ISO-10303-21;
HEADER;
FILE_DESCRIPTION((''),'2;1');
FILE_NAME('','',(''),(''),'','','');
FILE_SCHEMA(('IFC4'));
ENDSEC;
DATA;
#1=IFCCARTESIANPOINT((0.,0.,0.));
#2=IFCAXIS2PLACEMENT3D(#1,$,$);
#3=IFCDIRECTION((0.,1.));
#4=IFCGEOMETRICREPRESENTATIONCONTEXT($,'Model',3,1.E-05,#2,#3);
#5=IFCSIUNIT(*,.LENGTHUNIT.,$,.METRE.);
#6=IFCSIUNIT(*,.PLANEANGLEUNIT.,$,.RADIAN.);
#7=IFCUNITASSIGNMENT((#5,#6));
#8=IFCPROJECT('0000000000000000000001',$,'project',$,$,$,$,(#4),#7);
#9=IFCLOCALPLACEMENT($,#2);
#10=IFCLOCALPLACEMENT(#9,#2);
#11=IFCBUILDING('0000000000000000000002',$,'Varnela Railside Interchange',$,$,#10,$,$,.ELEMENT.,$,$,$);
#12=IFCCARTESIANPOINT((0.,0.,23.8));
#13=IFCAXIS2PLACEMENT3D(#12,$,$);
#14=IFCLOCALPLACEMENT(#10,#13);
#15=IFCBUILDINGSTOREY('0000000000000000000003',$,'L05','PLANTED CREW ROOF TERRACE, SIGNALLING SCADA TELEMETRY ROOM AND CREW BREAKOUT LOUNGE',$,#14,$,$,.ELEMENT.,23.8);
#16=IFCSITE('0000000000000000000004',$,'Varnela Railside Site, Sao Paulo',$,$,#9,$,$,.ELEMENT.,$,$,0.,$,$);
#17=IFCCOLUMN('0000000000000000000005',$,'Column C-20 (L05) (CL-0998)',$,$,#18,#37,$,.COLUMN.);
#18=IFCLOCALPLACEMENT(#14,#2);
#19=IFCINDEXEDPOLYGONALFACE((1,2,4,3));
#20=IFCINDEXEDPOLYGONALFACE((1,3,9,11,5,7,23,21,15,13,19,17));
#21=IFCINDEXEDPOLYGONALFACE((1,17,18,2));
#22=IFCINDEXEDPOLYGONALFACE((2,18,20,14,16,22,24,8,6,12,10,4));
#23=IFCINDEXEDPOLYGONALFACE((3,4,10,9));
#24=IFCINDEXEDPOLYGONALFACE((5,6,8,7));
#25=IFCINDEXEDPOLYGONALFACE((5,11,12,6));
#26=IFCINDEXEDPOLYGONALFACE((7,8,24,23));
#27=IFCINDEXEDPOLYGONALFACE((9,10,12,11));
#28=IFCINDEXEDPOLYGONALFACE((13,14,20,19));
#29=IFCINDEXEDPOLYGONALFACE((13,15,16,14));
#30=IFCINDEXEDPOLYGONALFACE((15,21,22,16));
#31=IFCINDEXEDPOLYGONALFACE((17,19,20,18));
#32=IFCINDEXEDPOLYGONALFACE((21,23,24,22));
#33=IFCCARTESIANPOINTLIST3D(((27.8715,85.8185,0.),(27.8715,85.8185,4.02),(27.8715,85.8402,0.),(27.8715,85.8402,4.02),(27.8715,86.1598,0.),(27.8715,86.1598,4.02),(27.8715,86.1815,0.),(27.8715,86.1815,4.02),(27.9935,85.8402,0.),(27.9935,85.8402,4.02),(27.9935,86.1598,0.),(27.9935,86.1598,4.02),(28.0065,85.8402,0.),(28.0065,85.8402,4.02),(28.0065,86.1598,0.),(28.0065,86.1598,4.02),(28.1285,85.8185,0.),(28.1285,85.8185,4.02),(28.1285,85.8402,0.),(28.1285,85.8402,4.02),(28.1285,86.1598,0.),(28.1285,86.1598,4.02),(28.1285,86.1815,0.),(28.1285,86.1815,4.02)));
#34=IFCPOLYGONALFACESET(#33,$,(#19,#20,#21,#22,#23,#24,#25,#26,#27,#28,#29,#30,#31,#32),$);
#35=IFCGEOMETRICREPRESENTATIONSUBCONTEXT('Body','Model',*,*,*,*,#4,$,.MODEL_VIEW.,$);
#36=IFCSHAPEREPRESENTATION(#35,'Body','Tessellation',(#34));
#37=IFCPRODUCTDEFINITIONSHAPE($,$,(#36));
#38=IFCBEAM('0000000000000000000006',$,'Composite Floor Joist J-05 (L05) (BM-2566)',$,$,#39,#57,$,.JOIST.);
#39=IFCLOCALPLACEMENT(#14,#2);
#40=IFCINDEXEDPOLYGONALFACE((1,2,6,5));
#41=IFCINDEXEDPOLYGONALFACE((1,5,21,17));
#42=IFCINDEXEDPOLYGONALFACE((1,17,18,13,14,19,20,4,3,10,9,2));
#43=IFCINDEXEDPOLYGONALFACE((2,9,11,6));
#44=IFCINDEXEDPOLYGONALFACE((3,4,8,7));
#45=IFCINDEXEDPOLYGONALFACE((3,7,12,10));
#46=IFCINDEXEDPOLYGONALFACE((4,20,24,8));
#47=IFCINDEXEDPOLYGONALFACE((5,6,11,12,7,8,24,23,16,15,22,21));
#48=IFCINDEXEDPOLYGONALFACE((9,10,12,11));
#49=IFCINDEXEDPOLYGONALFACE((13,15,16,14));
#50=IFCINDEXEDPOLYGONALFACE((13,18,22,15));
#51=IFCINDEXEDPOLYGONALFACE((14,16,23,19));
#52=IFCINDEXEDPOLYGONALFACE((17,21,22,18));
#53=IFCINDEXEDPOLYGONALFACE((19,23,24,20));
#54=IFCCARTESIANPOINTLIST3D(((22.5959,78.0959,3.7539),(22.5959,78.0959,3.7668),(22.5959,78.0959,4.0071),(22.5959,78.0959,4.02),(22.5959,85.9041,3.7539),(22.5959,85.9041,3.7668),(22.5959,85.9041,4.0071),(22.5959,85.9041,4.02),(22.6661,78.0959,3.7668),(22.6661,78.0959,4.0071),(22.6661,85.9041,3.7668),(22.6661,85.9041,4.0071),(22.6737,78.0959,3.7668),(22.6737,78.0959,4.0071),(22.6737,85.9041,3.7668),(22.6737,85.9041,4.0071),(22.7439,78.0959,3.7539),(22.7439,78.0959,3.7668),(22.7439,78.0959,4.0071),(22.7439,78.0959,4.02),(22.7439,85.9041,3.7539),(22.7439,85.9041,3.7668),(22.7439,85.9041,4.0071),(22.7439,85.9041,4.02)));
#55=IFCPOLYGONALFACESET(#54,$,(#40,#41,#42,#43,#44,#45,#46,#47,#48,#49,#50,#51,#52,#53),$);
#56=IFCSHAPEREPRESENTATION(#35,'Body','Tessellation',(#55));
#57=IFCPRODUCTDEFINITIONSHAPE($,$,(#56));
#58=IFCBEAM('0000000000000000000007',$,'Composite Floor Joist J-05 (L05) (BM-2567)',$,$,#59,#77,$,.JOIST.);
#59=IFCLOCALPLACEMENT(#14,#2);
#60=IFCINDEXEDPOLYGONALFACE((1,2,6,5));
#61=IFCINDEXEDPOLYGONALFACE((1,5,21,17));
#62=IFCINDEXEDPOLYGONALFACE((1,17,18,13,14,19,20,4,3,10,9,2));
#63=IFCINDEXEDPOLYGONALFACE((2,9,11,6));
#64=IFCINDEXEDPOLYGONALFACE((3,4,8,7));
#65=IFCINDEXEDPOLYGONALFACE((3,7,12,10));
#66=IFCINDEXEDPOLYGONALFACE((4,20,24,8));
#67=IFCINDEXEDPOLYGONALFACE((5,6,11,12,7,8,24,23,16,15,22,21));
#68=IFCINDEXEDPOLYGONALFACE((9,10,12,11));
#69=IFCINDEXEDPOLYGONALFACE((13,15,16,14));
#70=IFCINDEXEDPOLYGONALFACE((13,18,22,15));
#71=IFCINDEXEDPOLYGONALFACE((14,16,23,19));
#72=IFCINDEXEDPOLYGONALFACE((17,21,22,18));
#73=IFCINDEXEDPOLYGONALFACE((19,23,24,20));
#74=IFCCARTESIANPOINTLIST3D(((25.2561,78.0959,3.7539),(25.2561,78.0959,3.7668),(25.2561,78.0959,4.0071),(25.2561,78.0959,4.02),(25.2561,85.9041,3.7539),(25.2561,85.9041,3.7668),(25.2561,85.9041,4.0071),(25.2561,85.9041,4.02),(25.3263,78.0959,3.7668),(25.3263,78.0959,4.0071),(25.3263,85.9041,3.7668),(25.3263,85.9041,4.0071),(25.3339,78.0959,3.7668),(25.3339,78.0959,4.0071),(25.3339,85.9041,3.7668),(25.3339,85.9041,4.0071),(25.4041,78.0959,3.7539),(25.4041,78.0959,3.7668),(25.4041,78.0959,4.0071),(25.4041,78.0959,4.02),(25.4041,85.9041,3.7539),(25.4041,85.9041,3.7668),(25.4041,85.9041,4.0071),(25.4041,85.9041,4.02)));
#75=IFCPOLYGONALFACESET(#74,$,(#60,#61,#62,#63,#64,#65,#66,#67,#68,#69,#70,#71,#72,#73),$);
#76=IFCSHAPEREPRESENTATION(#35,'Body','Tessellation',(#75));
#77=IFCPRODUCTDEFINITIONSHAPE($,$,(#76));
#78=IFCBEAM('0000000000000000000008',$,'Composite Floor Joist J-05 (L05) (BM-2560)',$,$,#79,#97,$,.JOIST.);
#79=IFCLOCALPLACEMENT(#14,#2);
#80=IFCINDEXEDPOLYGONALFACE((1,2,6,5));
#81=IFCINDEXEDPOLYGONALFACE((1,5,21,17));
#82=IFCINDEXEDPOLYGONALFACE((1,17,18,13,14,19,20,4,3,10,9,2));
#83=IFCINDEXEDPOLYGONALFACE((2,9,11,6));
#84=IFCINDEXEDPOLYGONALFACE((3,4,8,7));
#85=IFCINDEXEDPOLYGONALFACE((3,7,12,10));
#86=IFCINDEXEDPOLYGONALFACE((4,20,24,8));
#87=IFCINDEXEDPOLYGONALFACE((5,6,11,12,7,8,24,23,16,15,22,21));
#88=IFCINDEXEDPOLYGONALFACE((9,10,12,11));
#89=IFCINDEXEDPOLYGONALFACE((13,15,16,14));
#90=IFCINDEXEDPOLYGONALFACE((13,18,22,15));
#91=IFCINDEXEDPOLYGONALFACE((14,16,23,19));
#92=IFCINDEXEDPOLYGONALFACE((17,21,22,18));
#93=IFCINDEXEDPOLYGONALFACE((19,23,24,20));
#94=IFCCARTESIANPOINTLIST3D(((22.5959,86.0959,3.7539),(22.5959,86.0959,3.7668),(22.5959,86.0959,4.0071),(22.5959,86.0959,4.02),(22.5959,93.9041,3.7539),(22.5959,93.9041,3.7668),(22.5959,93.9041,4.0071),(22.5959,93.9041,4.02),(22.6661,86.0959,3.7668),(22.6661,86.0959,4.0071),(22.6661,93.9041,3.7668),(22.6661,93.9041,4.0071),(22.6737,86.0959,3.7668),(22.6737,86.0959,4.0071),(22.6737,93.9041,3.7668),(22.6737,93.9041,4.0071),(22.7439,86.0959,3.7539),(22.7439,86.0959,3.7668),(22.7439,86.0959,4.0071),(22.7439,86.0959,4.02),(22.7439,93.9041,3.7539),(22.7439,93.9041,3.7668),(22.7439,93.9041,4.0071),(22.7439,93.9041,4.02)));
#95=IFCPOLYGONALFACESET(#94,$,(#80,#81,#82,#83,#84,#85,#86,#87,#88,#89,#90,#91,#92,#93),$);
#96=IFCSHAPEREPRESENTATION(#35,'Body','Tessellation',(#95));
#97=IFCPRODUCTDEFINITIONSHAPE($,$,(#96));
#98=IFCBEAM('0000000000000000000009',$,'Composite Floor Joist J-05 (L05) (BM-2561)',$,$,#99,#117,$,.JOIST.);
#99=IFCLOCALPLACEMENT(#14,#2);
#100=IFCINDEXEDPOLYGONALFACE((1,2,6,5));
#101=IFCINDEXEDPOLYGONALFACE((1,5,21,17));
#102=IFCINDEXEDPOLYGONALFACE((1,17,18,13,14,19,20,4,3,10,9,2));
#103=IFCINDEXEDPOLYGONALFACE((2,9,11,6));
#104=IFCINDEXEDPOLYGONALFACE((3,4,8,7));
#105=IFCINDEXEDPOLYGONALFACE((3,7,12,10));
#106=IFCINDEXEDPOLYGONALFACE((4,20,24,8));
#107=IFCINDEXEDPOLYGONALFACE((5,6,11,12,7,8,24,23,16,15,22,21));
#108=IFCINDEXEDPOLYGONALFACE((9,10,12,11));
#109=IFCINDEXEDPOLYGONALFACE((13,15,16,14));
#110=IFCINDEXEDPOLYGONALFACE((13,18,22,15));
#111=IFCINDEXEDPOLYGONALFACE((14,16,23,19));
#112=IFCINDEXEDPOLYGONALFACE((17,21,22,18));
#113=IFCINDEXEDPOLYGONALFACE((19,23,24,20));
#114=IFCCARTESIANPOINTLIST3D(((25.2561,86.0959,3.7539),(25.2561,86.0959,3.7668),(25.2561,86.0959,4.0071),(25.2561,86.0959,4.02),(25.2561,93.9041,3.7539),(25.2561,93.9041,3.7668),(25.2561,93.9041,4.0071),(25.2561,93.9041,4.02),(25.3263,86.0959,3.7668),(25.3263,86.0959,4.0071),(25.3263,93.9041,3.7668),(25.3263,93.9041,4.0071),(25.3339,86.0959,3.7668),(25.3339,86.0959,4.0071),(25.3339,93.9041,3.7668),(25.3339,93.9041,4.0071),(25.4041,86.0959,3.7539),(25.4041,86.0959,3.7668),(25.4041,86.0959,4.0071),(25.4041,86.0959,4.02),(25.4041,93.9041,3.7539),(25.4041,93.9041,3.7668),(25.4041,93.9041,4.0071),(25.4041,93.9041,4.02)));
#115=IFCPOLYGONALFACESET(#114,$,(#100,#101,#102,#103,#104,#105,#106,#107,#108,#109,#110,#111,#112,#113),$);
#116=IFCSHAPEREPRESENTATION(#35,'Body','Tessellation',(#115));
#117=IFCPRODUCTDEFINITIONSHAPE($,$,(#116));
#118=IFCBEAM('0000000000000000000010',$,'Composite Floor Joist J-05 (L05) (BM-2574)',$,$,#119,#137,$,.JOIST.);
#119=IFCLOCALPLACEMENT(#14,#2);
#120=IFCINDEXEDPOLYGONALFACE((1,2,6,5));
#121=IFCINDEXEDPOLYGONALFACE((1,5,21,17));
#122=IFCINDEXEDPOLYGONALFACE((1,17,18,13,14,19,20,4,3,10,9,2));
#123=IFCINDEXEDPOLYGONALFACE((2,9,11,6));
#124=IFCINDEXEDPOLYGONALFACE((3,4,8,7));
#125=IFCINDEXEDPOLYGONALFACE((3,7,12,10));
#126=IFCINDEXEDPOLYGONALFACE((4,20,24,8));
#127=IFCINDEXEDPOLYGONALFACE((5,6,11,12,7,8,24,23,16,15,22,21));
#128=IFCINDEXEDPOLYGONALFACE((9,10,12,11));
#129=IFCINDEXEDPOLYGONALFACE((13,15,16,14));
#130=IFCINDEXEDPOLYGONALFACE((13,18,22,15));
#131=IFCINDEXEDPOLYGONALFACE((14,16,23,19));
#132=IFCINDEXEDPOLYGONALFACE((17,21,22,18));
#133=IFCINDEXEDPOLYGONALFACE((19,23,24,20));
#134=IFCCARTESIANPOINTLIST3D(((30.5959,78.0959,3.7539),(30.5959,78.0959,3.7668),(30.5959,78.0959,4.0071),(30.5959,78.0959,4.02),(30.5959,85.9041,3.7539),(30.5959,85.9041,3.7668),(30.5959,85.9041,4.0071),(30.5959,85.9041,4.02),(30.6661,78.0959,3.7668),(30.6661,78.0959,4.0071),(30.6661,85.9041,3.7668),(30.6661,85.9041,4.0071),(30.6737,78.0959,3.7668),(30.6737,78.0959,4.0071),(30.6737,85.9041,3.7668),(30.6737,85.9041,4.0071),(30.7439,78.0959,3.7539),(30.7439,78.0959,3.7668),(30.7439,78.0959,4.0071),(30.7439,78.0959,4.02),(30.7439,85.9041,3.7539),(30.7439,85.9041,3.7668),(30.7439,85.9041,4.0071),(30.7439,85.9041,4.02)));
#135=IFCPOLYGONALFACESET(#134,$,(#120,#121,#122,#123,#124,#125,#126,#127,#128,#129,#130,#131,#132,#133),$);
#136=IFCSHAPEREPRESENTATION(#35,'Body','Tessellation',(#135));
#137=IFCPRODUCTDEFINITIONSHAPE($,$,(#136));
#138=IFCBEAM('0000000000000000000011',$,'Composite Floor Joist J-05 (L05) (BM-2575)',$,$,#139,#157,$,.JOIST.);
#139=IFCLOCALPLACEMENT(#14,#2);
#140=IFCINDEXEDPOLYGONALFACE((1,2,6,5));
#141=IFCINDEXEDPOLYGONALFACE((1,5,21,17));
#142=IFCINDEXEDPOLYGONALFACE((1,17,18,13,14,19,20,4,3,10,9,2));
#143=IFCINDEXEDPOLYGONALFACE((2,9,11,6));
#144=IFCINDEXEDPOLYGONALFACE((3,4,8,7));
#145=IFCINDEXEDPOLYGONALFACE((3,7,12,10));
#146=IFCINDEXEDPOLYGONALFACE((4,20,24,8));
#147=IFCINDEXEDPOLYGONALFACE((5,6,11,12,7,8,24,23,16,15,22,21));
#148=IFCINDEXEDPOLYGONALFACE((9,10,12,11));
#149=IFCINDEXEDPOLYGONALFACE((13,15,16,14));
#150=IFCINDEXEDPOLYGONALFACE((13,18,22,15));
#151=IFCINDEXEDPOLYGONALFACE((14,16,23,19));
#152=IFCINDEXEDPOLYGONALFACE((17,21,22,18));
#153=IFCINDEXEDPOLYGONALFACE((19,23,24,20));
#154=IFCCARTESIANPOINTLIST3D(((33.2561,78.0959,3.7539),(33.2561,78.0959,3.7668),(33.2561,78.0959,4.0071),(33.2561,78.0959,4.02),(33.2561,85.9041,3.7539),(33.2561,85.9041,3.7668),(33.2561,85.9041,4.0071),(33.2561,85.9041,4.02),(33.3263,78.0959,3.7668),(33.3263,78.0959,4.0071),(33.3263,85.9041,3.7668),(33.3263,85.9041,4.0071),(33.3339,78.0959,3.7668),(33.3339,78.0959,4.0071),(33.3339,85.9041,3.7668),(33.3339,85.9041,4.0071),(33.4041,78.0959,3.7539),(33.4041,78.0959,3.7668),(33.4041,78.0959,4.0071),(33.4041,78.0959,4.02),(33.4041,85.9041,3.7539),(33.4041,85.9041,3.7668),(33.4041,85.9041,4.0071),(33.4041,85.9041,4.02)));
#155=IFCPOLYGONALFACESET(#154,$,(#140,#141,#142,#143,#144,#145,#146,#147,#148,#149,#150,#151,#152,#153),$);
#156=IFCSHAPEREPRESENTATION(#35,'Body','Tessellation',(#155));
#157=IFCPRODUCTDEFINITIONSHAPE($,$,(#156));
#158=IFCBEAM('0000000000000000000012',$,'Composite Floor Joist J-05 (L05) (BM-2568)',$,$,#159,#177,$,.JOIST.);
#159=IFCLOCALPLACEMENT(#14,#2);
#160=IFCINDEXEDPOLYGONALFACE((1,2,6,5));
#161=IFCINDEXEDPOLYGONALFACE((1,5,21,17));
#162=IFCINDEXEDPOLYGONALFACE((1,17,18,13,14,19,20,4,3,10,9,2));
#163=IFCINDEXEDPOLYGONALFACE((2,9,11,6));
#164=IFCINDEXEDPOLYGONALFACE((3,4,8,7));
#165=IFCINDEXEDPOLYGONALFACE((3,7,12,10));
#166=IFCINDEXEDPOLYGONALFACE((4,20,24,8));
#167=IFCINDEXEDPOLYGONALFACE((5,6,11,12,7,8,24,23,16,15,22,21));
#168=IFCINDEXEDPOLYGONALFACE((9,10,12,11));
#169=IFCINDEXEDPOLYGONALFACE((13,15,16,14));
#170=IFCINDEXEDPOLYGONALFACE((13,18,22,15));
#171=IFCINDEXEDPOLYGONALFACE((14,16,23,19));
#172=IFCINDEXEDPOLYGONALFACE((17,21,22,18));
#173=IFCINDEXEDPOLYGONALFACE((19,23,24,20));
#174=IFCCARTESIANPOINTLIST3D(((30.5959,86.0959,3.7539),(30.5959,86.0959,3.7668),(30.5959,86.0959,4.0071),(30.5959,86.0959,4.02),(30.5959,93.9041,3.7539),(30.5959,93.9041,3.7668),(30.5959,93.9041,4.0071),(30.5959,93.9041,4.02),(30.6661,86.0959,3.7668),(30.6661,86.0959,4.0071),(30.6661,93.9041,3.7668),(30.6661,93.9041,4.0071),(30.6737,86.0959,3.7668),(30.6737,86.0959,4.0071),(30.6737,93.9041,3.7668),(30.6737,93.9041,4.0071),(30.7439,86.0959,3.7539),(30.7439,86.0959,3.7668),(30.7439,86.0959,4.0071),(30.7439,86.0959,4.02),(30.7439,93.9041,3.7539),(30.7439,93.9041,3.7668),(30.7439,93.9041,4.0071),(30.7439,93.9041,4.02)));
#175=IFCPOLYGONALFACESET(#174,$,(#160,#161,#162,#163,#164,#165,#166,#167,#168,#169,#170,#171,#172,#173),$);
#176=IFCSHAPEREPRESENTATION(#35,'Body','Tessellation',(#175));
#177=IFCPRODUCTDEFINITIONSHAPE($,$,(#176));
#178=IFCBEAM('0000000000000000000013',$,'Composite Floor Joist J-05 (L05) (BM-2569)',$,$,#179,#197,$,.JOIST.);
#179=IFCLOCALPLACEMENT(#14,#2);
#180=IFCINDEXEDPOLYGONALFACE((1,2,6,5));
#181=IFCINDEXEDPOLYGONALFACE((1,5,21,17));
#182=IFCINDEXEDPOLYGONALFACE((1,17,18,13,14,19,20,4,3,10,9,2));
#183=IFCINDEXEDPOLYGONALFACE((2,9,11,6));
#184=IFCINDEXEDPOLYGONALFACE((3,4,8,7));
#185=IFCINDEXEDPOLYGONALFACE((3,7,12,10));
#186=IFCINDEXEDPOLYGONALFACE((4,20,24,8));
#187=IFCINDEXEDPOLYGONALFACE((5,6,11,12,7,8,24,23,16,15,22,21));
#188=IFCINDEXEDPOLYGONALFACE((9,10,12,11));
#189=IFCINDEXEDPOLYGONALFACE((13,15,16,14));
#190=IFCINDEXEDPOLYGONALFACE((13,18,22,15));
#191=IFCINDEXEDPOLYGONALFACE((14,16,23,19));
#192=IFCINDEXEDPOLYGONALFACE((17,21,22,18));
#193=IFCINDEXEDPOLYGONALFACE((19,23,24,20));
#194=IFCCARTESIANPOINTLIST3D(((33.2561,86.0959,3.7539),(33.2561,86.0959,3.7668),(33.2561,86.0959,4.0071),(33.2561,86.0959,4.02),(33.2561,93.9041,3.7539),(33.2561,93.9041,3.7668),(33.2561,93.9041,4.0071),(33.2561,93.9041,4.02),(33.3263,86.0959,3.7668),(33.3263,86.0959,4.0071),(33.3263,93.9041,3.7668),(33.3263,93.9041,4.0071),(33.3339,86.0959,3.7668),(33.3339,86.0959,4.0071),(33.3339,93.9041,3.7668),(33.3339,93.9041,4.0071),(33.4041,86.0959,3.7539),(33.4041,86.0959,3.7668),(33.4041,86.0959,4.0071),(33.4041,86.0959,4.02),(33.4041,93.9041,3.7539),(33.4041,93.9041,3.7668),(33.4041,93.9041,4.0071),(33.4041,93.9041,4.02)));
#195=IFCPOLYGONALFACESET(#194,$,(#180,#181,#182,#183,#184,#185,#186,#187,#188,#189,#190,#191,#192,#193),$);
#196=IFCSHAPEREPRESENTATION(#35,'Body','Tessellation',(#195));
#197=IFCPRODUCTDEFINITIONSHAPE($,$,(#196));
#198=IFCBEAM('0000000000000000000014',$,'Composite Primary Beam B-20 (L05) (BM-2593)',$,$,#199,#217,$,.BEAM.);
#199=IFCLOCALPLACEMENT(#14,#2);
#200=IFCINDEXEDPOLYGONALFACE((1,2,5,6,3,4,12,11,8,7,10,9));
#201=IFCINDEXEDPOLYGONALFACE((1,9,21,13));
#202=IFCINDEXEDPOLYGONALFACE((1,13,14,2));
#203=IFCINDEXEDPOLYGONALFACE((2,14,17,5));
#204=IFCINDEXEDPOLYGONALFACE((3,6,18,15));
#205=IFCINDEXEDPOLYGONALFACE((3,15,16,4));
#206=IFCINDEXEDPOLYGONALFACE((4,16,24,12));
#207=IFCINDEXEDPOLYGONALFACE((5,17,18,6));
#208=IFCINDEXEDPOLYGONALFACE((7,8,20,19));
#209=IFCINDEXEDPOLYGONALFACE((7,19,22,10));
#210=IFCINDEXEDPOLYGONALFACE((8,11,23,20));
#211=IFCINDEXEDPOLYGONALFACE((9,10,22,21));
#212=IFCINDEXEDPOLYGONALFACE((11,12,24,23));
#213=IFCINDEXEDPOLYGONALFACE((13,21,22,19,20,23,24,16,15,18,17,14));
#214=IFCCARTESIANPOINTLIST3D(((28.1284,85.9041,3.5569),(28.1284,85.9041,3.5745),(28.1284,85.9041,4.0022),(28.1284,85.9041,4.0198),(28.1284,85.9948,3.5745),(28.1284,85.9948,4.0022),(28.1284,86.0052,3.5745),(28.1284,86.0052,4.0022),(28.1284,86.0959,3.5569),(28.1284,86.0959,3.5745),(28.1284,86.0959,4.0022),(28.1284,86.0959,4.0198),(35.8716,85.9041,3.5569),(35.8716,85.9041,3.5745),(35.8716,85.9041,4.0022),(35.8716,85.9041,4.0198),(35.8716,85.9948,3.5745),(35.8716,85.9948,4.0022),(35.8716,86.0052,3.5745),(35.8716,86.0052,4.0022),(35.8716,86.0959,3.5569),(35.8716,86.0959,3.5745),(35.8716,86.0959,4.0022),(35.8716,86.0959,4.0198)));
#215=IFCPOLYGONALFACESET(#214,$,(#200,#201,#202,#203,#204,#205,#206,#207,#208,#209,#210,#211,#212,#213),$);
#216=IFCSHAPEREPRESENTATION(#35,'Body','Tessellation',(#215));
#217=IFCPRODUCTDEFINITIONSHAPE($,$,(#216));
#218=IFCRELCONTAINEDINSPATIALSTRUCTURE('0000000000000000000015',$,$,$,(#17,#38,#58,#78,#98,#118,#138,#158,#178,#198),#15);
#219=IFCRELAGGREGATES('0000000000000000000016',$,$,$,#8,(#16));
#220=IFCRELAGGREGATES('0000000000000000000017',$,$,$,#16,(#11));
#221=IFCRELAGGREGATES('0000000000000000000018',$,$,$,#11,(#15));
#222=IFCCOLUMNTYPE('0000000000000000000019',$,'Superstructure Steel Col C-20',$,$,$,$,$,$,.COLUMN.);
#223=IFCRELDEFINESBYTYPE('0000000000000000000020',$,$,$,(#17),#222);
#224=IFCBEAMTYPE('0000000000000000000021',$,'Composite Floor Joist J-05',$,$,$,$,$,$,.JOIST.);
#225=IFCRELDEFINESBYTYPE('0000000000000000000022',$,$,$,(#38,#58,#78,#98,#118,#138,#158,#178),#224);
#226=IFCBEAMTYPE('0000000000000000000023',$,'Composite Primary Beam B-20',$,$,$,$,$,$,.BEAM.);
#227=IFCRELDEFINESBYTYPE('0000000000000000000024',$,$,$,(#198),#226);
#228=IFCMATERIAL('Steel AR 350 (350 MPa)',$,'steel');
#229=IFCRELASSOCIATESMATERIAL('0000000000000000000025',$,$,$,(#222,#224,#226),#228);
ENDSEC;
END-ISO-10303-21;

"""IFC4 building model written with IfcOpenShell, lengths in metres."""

from ifc_helpers import new_model, si_unit, direction, frame, origin, origin_2d, place, context, subcontext, project, spatial, i_section, extrude, material, material_profile, profile_set, type_object, element, save


model = new_model("IFC4")

# Units and contexts
model_context = context("Model", 3, precision=1e-05, world=origin(), true_north=direction((0.0, 1.0)))
body_context = subcontext(model_context, "Body", "Model", "MODEL_VIEW")
ifc_project = project(units=[si_unit("LENGTHUNIT", "METRE"), si_unit("PLANEANGLEUNIT", "RADIAN")], contexts=[model_context])

# Site, building, storey
site_placement = place(None, origin())
site = spatial("IfcSite", under=ifc_project, at=site_placement, Name="Varnela Railside Site, Sao Paulo", CompositionType="ELEMENT", RefElevation=0.0)
building_placement = place(site_placement, origin())
building = spatial("IfcBuilding", under=site, at=building_placement, Name="Varnela Railside Interchange", CompositionType="ELEMENT")
storey_placement = place(building_placement, frame((0.0, 0.0, 23.8)))
storey = spatial("IfcBuildingStorey", under=building, at=storey_placement, Name="L05", Description="PLANTED CREW ROOF TERRACE, SIGNALLING SCADA TELEMETRY ROOM AND CREW BREAKOUT LOUNGE", CompositionType="ELEMENT", Elevation=23.8)

# Column
ifc_material_1 = material(Name="Steel AR 350 (350 MPa)", Category="steel")
ifc_material_profile_1 = material_profile(ifc_material_1, i_section(OverallWidth=0.2571, OverallDepth=0.363, WebThickness=0.0129, FlangeThickness=0.0217, at=origin_2d()), Name="W360x122")
ifc_profile_set_1 = profile_set([ifc_material_profile_1], Name="Steel AR 350 (350 MPa)")
column_type = type_object("IfcColumnType", Name="Superstructure Steel Col C-20", PredefinedType="COLUMN", material=ifc_profile_set_1)
column_placement = place(storey_placement, frame((28.0, 86.0, 0.0), z_axis=(0.0, 0.0, 1.0), x_axis=(1.0, 0.0, 0.0)))
element("IfcColumn", 1, at=column_placement, inside=storey, type_object=column_type, Name="Column C-20 (L05) (CL-0998)", PredefinedType="COLUMN", context=body_context, shape_type="SweptSolid", body=[
    extrude(i_section(OverallWidth=0.2571, OverallDepth=0.363, WebThickness=0.0129, FlangeThickness=0.0217, at=origin_2d()), origin(), (0.0, 0.0, 1.0), 4.02),
])

# Beams
ifc_material_profile_2 = material_profile(ifc_material_1, i_section(OverallWidth=0.1479, OverallDepth=0.2661, WebThickness=0.0076, FlangeThickness=0.0129, at=origin_2d()), Name="W250x44.8")
ifc_profile_set_2 = profile_set([ifc_material_profile_2], Name="Steel AR 350 (350 MPa)")
beam_type_1 = type_object("IfcBeamType", Name="Composite Floor Joist J-05", PredefinedType="JOIST", material=ifc_profile_set_2)
for number, where, z_axis, x_axis, name in (
    (2, (22.6699, 78.0959, 3.887), (0.0, 1.0, 0.0), (-1.0, 0.0, 0.0), "Composite Floor Joist J-05 (L05) (BM-2566)"),
    (3, (25.3301, 78.0959, 3.887), (0.0, 1.0, 0.0), (-1.0, 0.0, 0.0), "Composite Floor Joist J-05 (L05) (BM-2567)"),
    (4, (22.6699, 86.0959, 3.887), (0.0, 1.0, 0.0), (-1.0, 0.0, 0.0), "Composite Floor Joist J-05 (L05) (BM-2560)"),
    (5, (25.3301, 86.0959, 3.887), (0.0, 1.0, 0.0), (-1.0, 0.0, 0.0), "Composite Floor Joist J-05 (L05) (BM-2561)"),
    (6, (30.6699, 78.0959, 3.887), (0.0, 1.0, 0.0), (-1.0, 0.0, 0.0), "Composite Floor Joist J-05 (L05) (BM-2574)"),
    (7, (33.3301, 78.0959, 3.887), (0.0, 1.0, 0.0), (-1.0, 0.0, 0.0), "Composite Floor Joist J-05 (L05) (BM-2575)"),
    (8, (30.6699, 86.0959, 3.887), (0.0, 1.0, 0.0), (-1.0, 0.0, 0.0), "Composite Floor Joist J-05 (L05) (BM-2568)"),
    (9, (33.3301, 86.0959, 3.887), (0.0, 1.0, 0.0), (-1.0, 0.0, 0.0), "Composite Floor Joist J-05 (L05) (BM-2569)"),
):
    element("IfcBeam", number, at=place(storey_placement, frame(where, z_axis=z_axis, x_axis=x_axis)), inside=storey, type_object=beam_type_1, Name=name, PredefinedType="JOIST", context=body_context, shape_type="SweptSolid", body=[
        extrude(i_section(OverallWidth=0.1479, OverallDepth=0.2661, WebThickness=0.0076, FlangeThickness=0.0129, at=origin_2d()), origin(), (0.0, 0.0, 1.0), 7.8081),
    ])
ifc_material_profile_3 = material_profile(ifc_material_1, i_section(OverallWidth=0.1919, OverallDepth=0.4629, WebThickness=0.0105, FlangeThickness=0.0176, at=origin_2d()), Name="W460x89")
ifc_profile_set_3 = profile_set([ifc_material_profile_3], Name="Steel AR 350 (350 MPa)")
beam_type_2 = type_object("IfcBeamType", Name="Composite Primary Beam B-20", PredefinedType="BEAM", material=ifc_profile_set_3)
beam_1_placement = place(storey_placement, frame((28.1284, 86.0, 3.7883), z_axis=(1.0, 0.0, 0.0), x_axis=(0.0, 1.0, 0.0)))
element("IfcBeam", 10, at=beam_1_placement, inside=storey, type_object=beam_type_2, Name="Composite Primary Beam B-20 (L05) (BM-2593)", PredefinedType="BEAM", context=body_context, shape_type="SweptSolid", body=[
    extrude(i_section(OverallWidth=0.1919, OverallDepth=0.4629, WebThickness=0.0105, FlangeThickness=0.0176, at=origin_2d()), origin(), (0.0, 0.0, 1.0), 7.7432),
])

save(model, "model.ifc")
